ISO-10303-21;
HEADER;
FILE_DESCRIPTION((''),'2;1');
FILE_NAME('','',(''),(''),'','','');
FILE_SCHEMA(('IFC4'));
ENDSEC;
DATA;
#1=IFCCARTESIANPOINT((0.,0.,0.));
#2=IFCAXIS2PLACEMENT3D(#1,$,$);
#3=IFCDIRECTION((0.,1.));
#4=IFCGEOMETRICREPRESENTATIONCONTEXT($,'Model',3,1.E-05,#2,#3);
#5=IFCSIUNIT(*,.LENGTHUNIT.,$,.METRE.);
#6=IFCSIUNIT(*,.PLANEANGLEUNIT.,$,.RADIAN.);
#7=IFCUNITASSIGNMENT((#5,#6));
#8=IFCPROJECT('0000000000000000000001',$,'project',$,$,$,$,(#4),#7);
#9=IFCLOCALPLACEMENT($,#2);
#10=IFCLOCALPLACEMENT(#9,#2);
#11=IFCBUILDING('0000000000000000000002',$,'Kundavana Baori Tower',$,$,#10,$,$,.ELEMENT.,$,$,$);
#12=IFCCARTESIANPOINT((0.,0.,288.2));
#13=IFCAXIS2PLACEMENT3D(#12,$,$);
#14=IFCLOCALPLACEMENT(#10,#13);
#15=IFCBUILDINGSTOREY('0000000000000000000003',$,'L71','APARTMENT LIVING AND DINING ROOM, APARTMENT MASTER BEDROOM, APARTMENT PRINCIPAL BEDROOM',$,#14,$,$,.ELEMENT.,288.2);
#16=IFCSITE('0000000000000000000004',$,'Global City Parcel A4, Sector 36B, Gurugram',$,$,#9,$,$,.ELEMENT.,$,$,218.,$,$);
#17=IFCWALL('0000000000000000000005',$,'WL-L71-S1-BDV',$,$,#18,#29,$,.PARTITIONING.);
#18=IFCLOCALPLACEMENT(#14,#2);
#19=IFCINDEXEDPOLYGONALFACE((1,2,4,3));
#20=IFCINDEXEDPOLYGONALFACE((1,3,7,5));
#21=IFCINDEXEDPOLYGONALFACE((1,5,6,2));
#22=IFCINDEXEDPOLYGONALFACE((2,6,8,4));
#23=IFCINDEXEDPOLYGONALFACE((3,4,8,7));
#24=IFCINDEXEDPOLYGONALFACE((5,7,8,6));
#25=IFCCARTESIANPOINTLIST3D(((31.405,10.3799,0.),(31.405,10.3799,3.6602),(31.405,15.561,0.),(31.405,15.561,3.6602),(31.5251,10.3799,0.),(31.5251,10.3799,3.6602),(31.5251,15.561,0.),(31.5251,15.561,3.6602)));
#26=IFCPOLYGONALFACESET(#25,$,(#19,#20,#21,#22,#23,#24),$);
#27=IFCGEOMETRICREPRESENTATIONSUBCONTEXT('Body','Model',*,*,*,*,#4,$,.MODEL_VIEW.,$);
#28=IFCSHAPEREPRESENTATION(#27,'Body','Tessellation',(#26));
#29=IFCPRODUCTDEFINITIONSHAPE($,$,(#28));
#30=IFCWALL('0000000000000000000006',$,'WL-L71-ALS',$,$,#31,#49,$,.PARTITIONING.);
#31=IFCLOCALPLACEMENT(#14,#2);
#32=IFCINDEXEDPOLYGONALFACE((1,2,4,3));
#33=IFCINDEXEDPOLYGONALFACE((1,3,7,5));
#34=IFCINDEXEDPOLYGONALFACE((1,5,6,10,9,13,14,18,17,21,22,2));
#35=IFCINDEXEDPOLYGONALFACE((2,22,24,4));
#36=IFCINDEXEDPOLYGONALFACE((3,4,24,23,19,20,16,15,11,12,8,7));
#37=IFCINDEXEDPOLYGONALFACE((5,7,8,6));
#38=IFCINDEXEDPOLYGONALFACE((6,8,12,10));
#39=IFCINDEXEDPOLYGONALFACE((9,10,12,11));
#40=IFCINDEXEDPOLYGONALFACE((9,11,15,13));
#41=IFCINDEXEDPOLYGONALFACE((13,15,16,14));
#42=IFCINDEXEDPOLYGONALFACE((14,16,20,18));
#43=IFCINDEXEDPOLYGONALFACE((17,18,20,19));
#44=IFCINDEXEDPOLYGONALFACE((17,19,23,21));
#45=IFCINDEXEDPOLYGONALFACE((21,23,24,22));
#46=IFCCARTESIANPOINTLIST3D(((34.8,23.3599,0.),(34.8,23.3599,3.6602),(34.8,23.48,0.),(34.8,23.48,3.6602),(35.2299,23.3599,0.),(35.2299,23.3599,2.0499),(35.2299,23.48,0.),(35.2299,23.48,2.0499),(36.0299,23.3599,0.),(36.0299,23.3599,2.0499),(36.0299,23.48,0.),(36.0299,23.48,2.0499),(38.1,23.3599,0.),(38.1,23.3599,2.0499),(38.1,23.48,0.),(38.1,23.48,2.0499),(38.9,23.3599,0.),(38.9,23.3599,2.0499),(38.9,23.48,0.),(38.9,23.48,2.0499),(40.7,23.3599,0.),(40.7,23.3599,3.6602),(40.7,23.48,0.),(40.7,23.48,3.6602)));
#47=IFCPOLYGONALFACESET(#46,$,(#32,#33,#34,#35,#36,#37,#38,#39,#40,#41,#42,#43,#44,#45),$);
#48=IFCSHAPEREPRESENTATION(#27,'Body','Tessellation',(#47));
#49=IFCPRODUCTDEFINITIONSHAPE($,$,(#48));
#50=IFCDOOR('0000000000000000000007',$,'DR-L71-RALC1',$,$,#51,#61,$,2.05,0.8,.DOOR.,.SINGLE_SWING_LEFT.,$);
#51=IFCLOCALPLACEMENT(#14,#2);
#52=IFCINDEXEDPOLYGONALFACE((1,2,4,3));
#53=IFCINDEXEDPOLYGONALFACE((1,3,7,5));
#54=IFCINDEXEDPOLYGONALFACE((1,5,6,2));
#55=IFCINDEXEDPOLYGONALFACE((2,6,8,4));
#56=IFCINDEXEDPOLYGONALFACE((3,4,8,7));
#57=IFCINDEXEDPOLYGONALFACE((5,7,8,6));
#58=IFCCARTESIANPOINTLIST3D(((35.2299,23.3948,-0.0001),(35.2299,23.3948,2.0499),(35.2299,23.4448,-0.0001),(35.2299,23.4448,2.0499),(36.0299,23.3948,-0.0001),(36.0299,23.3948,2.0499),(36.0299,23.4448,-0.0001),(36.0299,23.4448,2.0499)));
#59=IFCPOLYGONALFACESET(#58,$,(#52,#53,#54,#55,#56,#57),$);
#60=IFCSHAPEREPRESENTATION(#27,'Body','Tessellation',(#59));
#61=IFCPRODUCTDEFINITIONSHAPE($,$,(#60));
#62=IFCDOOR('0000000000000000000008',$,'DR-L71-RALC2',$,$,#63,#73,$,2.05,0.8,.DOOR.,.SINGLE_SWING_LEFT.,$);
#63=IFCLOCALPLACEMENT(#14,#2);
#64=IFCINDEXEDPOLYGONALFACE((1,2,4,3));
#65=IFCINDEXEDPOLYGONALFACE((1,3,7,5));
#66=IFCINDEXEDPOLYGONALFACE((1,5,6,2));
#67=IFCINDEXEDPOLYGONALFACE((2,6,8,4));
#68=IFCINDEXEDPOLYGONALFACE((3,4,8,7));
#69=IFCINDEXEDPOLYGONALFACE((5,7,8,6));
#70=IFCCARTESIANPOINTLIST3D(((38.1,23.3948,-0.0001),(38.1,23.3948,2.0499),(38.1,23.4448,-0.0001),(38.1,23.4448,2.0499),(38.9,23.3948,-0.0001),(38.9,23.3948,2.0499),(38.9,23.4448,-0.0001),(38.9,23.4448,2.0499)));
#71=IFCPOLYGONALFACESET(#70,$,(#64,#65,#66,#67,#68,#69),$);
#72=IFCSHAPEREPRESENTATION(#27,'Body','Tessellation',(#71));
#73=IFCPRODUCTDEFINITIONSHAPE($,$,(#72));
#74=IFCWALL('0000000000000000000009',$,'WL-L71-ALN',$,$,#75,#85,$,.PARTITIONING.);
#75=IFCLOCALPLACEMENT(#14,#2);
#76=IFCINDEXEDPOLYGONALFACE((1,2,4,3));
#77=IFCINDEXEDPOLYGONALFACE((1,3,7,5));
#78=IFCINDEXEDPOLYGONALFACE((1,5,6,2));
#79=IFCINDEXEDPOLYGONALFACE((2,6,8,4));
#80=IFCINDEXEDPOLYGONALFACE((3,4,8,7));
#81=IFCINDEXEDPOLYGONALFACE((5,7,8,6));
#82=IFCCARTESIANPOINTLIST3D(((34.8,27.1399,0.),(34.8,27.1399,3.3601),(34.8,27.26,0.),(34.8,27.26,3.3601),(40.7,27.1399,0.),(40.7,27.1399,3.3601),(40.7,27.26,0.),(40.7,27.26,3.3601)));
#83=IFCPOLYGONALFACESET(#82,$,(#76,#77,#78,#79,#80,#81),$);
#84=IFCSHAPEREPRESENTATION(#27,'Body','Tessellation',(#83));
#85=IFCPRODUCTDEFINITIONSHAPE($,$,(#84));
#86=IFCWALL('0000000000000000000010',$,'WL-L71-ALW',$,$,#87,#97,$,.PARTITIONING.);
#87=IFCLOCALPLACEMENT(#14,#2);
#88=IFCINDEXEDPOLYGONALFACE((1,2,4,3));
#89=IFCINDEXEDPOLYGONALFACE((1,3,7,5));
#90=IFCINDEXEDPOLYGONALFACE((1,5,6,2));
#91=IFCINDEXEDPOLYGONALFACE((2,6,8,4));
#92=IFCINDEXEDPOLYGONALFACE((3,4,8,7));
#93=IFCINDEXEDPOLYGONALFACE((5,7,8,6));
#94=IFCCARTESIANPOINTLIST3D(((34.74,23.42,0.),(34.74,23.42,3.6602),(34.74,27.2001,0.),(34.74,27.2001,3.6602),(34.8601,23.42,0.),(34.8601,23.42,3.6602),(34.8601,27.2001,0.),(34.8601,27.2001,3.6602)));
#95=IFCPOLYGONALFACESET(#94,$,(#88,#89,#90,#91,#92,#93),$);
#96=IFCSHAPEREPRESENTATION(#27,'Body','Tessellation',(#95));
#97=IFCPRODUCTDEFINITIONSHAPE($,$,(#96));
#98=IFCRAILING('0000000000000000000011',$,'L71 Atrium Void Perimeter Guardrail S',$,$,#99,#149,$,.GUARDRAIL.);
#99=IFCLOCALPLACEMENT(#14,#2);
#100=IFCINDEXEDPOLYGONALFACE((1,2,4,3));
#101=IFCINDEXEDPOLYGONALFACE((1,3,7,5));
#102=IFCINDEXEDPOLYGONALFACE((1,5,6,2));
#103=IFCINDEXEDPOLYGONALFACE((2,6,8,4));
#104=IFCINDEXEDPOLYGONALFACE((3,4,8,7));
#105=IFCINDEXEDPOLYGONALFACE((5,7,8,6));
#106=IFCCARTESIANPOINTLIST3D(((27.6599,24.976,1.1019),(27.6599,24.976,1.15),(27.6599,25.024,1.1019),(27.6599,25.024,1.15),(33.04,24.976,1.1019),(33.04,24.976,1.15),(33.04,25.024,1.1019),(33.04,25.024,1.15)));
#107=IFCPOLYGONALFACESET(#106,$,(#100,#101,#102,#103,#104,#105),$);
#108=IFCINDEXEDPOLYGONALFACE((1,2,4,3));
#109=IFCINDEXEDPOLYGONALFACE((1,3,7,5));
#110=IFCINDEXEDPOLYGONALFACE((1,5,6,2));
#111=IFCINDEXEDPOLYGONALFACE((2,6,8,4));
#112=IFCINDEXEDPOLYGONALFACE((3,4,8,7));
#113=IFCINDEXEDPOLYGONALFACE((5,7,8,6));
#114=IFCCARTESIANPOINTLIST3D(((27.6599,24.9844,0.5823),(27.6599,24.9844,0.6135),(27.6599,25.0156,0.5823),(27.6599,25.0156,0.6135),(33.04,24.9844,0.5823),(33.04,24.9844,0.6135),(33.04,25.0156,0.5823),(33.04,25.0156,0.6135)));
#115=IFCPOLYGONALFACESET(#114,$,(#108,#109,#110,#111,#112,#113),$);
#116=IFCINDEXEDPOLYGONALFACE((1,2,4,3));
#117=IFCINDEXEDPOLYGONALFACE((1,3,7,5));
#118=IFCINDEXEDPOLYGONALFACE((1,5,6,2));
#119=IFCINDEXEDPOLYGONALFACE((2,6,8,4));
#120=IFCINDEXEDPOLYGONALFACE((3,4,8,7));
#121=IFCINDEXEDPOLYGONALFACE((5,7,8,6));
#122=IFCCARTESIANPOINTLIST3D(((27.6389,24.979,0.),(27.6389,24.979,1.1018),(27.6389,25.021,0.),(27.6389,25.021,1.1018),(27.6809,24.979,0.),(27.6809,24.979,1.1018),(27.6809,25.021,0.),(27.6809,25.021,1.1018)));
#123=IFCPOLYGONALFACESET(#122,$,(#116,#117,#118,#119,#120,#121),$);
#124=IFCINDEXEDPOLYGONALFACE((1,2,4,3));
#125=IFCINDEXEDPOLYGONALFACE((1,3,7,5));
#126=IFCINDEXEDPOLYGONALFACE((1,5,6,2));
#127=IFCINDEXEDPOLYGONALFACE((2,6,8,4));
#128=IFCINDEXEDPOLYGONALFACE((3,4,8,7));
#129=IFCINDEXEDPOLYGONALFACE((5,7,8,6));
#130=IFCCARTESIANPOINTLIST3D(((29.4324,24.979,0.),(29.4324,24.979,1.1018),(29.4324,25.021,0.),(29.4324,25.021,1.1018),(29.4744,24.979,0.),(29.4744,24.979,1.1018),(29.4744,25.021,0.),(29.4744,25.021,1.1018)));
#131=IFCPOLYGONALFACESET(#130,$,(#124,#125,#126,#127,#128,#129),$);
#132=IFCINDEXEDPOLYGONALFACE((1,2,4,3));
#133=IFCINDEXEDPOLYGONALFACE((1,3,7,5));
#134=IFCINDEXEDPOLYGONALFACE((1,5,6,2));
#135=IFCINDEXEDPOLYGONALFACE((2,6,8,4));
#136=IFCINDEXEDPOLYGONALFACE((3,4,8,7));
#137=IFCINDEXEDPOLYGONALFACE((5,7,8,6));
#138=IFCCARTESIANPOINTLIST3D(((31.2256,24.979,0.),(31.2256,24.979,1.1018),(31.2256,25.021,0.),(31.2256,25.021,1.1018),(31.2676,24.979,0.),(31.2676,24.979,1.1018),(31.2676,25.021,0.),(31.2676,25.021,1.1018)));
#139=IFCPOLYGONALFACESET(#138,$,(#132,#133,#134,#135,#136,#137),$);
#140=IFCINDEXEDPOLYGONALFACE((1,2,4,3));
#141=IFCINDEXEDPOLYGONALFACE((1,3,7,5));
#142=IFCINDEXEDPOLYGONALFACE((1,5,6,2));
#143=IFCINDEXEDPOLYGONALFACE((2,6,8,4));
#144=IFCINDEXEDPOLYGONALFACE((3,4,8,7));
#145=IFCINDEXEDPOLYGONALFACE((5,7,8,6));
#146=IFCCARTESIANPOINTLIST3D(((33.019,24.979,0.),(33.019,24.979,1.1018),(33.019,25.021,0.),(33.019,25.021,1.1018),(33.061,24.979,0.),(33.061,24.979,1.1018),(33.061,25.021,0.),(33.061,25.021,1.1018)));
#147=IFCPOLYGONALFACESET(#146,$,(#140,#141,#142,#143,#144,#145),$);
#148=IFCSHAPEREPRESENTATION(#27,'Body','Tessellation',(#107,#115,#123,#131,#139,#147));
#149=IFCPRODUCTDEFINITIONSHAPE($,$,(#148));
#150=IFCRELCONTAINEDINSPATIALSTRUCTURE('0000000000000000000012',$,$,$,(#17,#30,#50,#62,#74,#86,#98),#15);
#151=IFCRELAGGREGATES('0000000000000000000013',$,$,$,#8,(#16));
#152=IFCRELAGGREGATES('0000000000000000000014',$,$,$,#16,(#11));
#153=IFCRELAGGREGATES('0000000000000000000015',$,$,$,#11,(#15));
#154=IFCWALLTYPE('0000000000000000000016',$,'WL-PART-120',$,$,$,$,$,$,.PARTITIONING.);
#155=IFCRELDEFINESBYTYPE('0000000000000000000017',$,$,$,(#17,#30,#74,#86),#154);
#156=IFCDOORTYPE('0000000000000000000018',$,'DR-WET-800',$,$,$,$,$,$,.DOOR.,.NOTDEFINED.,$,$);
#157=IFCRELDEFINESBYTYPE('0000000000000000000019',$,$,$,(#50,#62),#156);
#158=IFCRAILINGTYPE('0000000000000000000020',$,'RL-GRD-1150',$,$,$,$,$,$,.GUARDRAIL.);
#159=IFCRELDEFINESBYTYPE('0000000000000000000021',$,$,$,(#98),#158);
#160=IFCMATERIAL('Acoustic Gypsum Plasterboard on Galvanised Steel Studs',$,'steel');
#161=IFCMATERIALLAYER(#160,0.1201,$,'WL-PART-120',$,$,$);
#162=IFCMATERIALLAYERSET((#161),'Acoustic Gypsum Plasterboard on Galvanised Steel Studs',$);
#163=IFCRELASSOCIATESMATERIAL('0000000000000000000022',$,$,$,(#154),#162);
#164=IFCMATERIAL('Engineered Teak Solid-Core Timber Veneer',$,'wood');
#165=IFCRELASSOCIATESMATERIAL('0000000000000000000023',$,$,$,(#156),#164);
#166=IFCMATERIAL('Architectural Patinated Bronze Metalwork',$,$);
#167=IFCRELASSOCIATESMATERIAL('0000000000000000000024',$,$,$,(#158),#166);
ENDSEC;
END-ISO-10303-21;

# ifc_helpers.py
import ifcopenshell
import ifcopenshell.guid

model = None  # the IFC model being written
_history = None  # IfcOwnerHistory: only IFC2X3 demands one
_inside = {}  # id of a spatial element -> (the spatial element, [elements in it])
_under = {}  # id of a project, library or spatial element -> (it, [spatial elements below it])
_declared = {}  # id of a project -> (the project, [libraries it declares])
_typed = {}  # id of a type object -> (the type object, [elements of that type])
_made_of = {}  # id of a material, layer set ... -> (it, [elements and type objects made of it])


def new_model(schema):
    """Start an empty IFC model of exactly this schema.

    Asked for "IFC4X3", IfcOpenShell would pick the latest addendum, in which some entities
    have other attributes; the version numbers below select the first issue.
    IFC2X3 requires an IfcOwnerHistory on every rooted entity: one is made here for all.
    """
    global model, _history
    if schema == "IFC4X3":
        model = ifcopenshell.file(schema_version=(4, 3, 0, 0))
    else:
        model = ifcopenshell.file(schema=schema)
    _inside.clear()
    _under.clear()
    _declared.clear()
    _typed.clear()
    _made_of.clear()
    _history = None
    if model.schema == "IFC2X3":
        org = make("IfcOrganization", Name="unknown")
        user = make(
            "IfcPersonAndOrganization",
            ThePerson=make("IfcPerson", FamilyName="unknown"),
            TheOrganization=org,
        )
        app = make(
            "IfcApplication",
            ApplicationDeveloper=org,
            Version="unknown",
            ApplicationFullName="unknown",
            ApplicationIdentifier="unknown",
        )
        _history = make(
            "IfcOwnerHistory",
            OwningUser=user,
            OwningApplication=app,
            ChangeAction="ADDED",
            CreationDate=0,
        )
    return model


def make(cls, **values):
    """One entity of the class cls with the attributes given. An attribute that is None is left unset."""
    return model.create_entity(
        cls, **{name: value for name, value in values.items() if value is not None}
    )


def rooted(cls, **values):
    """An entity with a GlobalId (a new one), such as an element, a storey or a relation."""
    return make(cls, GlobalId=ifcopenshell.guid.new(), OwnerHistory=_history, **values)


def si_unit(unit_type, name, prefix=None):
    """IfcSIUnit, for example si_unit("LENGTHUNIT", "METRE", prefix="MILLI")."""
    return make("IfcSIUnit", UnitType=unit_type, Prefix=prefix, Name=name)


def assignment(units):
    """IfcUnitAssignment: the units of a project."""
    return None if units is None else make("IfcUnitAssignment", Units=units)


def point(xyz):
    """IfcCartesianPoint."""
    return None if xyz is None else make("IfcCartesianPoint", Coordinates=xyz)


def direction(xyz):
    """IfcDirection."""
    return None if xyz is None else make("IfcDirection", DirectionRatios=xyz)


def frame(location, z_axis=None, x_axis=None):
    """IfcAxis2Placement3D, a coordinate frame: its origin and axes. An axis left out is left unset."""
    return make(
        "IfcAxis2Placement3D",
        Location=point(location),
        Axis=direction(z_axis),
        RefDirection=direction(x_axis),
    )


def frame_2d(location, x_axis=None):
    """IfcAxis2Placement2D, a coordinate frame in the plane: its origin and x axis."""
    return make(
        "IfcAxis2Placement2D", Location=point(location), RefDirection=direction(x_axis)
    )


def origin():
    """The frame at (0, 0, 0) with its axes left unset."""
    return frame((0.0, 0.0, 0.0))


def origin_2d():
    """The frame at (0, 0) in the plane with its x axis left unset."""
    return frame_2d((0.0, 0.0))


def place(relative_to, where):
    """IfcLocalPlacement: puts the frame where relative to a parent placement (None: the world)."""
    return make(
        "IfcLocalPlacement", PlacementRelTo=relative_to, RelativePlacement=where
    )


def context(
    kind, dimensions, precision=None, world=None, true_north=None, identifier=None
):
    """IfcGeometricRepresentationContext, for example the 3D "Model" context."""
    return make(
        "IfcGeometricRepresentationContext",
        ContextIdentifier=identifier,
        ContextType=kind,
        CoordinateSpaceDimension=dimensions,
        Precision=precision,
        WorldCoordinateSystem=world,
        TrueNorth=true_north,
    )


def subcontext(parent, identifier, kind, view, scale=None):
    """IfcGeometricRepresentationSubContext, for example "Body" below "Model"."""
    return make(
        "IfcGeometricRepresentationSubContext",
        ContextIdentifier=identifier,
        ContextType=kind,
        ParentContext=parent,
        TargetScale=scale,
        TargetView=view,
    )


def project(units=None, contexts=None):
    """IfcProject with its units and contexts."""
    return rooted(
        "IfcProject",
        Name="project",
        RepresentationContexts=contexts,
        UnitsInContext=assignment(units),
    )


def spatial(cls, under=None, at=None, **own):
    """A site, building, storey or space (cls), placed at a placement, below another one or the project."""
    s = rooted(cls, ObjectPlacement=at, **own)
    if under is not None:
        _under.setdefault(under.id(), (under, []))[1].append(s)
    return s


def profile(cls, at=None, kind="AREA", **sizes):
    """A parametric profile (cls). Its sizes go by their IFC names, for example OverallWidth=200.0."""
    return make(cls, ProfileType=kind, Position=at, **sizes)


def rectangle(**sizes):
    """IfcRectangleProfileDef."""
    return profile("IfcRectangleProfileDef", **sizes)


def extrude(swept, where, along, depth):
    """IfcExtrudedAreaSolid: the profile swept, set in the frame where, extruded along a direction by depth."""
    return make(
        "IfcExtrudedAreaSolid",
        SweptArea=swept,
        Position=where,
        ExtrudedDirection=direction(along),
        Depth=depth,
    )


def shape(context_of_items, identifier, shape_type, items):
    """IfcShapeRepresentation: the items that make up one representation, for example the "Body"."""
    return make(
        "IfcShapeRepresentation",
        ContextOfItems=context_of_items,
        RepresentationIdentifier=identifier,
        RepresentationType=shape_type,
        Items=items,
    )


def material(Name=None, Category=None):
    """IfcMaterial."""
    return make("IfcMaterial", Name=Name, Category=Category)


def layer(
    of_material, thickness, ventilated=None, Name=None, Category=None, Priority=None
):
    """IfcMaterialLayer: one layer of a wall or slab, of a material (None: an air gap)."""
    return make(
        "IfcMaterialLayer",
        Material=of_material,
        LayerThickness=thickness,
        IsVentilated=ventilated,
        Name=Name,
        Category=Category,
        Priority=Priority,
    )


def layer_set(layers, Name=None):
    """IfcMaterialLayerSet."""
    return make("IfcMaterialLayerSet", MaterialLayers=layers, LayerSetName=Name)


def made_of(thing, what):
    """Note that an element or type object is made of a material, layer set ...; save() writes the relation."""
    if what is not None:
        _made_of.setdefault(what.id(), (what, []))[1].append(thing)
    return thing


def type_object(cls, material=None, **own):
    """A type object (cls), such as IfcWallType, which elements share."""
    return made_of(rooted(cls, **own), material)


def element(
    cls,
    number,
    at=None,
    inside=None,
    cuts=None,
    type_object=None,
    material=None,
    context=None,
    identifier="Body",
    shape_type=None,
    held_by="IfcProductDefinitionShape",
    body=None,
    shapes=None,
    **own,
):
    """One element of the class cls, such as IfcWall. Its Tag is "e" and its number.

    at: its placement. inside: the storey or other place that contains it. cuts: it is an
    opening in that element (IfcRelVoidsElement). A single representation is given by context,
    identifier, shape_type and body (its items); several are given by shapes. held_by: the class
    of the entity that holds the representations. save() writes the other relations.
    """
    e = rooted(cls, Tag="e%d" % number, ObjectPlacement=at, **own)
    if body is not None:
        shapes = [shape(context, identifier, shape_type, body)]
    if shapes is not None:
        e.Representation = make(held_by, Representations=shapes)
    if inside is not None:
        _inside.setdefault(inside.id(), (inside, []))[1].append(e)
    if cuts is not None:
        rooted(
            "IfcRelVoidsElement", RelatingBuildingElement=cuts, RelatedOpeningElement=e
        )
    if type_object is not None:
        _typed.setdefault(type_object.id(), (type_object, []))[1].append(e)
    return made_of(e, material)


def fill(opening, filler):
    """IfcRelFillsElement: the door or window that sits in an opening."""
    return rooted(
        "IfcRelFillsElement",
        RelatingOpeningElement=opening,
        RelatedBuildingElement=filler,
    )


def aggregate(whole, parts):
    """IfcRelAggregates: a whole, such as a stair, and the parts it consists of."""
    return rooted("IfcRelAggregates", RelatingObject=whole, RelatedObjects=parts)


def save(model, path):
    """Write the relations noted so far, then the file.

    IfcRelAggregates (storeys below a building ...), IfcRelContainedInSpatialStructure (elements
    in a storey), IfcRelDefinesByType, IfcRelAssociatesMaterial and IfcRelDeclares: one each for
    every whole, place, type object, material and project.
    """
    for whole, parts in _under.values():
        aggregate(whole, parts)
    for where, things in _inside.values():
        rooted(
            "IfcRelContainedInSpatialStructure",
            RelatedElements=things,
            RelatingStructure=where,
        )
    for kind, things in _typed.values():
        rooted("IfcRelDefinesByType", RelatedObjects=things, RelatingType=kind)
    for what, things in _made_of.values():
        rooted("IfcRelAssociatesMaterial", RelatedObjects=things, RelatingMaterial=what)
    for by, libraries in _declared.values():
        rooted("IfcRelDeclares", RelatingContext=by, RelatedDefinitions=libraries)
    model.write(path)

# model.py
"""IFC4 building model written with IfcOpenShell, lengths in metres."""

from ifc_helpers import new_model, si_unit, direction, frame, frame_2d, origin, origin_2d, place, context, subcontext, project, spatial, rectangle, extrude, material, layer, layer_set, type_object, element, fill, save


model = new_model("IFC4")

# Units and contexts
model_context = context("Model", 3, precision=1e-05, world=origin(), true_north=direction((0.0, 1.0)))
body_context = subcontext(model_context, "Body", "Model", "MODEL_VIEW")
ifc_project = project(units=[si_unit("LENGTHUNIT", "METRE"), si_unit("PLANEANGLEUNIT", "RADIAN")], contexts=[model_context])

# Site, building, storey
site_placement = place(None, origin())
site = spatial("IfcSite", under=ifc_project, at=site_placement, Name="Global City Parcel A4, Sector 36B, Gurugram", CompositionType="ELEMENT", RefElevation=218.0)
building_placement = place(site_placement, origin())
building = spatial("IfcBuilding", under=site, at=building_placement, Name="Kundavana Baori Tower", CompositionType="ELEMENT")
storey_placement = place(building_placement, frame((0.0, 0.0, 288.2)))
storey = spatial("IfcBuildingStorey", under=building, at=storey_placement, Name="L71", Description="APARTMENT LIVING AND DINING ROOM, APARTMENT MASTER BEDROOM, APARTMENT PRINCIPAL BEDROOM", CompositionType="ELEMENT", Elevation=288.2)

# Shared definitions
ifc_material_1 = material(Name="Acoustic Gypsum Plasterboard on Galvanised Steel Studs", Category="steel")
ifc_layer = layer(ifc_material_1, 0.1201, Name="WL-PART-120")
ifc_layer_set = layer_set([ifc_layer], Name="Acoustic Gypsum Plasterboard on Galvanised Steel Studs")
wall_type = type_object("IfcWallType", Name="WL-PART-120", PredefinedType="PARTITIONING", material=ifc_layer_set)

# Wall
wall_1_placement = place(storey_placement, frame((31.4651, 10.3799, 0.0), z_axis=(0.0, 0.0, 1.0), x_axis=(0.0, 1.0, 0.0)))
element("IfcWall", 1, at=wall_1_placement, inside=storey, type_object=wall_type, Name="WL-L71-S1-BDV", PredefinedType="PARTITIONING", context=body_context, shape_type="SweptSolid", body=[
    extrude(rectangle(XDim=5.1812, YDim=0.1201, at=frame_2d((2.5906, 0.0))), origin(), (0.0, 0.0, 1.0), 3.6602),
])

# Wall, openings, doors
wall_2_placement = place(storey_placement, frame((34.8, 23.4199, 0.0), z_axis=(0.0, 0.0, 1.0), x_axis=(1.0, 0.0, 0.0)))
wall_2 = element("IfcWall", 2, at=wall_2_placement, inside=storey, type_object=wall_type, Name="WL-L71-ALS", PredefinedType="PARTITIONING", context=body_context, shape_type="SweptSolid", body=[
    extrude(rectangle(XDim=5.8999, YDim=0.1201, at=frame_2d((2.95, 0.0))), origin(), (0.0, 0.0, 1.0), 3.6602),
])
opening_1_placement = place(wall_2_placement, frame((0.4299, 0.0, 0.0)))
opening_1 = element("IfcOpeningElement", 3, at=opening_1_placement, cuts=wall_2, PredefinedType="OPENING", context=body_context, shape_type="SweptSolid", body=[
    extrude(rectangle(XDim=0.8, YDim=2.05, at=frame_2d((0.3999, 1.0249))), frame((0.0, 0.0701, 0.0), z_axis=(0.0, -1.0, 0.0), x_axis=(1.0, 0.0, 0.0)), (0.0, 0.0, 1.0), 0.1401),
])
opening_2_placement = place(wall_2_placement, frame((3.3, 0.0, 0.0)))
opening_2 = element("IfcOpeningElement", 4, at=opening_2_placement, cuts=wall_2, PredefinedType="OPENING", context=body_context, shape_type="SweptSolid", body=[
    extrude(rectangle(XDim=0.8, YDim=2.05, at=frame_2d((0.3999, 1.0249))), frame((0.0, 0.0701, 0.0), z_axis=(0.0, -1.0, 0.0), x_axis=(1.0, 0.0, 0.0)), (0.0, 0.0, 1.0), 0.1401),
])
ifc_material_2 = material(Name="Engineered Teak Solid-Core Timber Veneer", Category="wood")
door_type_1 = type_object("IfcDoorType", Name="DR-WET-800", OperationType="NOTDEFINED", PredefinedType="DOOR", material=ifc_material_2)
door_1_placement = place(opening_1_placement, origin())
door_1 = element("IfcDoor", 5, at=door_1_placement, inside=storey, type_object=door_type_1, Name="DR-L71-RALC1", OperationType="SINGLE_SWING_LEFT", OverallHeight=2.05, OverallWidth=0.8, PredefinedType="DOOR", context=body_context, shape_type="SweptSolid", body=[
    extrude(rectangle(XDim=0.8, YDim=2.05, at=frame_2d((0.3999, 1.0249))), frame((0.0, 0.0249, 0.0), z_axis=(0.0, -1.0, 0.0), x_axis=(1.0, 0.0, 0.0)), (0.0, 0.0, 1.0), 0.05),
])
fill(opening_1, door_1)
door_2_placement = place(opening_2_placement, origin())
door_2 = element("IfcDoor", 6, at=door_2_placement, inside=storey, type_object=door_type_1, Name="DR-L71-RALC2", OperationType="SINGLE_SWING_LEFT", OverallHeight=2.05, OverallWidth=0.8, PredefinedType="DOOR", context=body_context, shape_type="SweptSolid", body=[
    extrude(rectangle(XDim=0.8, YDim=2.05, at=frame_2d((0.3999, 1.0249))), frame((0.0, 0.0249, 0.0), z_axis=(0.0, -1.0, 0.0), x_axis=(1.0, 0.0, 0.0)), (0.0, 0.0, 1.0), 0.05),
])
fill(opening_2, door_2)

# Walls
wall_3_placement = place(storey_placement, frame((34.8, 27.2, 0.0), z_axis=(0.0, 0.0, 1.0), x_axis=(1.0, 0.0, 0.0)))
element("IfcWall", 7, at=wall_3_placement, inside=storey, type_object=wall_type, Name="WL-L71-ALN", PredefinedType="PARTITIONING", context=body_context, shape_type="SweptSolid", body=[
    extrude(rectangle(XDim=5.8999, YDim=0.1201, at=frame_2d((2.95, 0.0))), origin(), (0.0, 0.0, 1.0), 3.3601),
])
wall_4_placement = place(storey_placement, frame((34.8, 23.4199, 0.0), z_axis=(0.0, 0.0, 1.0), x_axis=(0.0, 1.0, 0.0)))
element("IfcWall", 8, at=wall_4_placement, inside=storey, type_object=wall_type, Name="WL-L71-ALW", PredefinedType="PARTITIONING", context=body_context, shape_type="SweptSolid", body=[
    extrude(rectangle(XDim=3.78, YDim=0.1201, at=frame_2d((1.8901, 0.0))), origin(), (0.0, 0.0, 1.0), 3.6602),
])

# Railing
ifc_material_3 = material(Name="Architectural Patinated Bronze Metalwork")
railing_type = type_object("IfcRailingType", Name="RL-GRD-1150", PredefinedType="GUARDRAIL", material=ifc_material_3)
railing_1_placement = place(storey_placement, frame((27.6599, 25.0, 0.0)))
element("IfcRailing", 9, at=railing_1_placement, inside=storey, type_object=railing_type, Name="L71 Atrium Void Perimeter Guardrail S", PredefinedType="GUARDRAIL", context=body_context, shape_type="SweptSolid", body=[
    extrude(rectangle(XDim=0.0481, YDim=0.0481, at=origin_2d()), frame((0.0, 0.0, 1.126), z_axis=(1.0, 0.0, 0.0), x_axis=(0.0, 1.0, 0.0)), (0.0, 0.0, 1.0), 5.3801),
    extrude(rectangle(XDim=0.0312, YDim=0.0312, at=origin_2d()), frame((0.0, 0.0, 0.5979), z_axis=(1.0, 0.0, 0.0), x_axis=(0.0, 1.0, 0.0)), (0.0, 0.0, 1.0), 5.3801),
    extrude(rectangle(XDim=0.042, YDim=0.042, at=origin_2d()), origin(), (0.0, 0.0, 1.0), 1.1018),
    extrude(rectangle(XDim=0.042, YDim=0.042, at=origin_2d()), frame((1.7935, 0.0, 0.0)), (0.0, 0.0, 1.0), 1.1018),
    extrude(rectangle(XDim=0.042, YDim=0.042, at=origin_2d()), frame((3.5867, 0.0, 0.0)), (0.0, 0.0, 1.0), 1.1018),
    extrude(rectangle(XDim=0.042, YDim=0.042, at=origin_2d()), frame((5.3801, 0.0, 0.0)), (0.0, 0.0, 1.0), 1.1018),
])

save(model, "model.ifc")
